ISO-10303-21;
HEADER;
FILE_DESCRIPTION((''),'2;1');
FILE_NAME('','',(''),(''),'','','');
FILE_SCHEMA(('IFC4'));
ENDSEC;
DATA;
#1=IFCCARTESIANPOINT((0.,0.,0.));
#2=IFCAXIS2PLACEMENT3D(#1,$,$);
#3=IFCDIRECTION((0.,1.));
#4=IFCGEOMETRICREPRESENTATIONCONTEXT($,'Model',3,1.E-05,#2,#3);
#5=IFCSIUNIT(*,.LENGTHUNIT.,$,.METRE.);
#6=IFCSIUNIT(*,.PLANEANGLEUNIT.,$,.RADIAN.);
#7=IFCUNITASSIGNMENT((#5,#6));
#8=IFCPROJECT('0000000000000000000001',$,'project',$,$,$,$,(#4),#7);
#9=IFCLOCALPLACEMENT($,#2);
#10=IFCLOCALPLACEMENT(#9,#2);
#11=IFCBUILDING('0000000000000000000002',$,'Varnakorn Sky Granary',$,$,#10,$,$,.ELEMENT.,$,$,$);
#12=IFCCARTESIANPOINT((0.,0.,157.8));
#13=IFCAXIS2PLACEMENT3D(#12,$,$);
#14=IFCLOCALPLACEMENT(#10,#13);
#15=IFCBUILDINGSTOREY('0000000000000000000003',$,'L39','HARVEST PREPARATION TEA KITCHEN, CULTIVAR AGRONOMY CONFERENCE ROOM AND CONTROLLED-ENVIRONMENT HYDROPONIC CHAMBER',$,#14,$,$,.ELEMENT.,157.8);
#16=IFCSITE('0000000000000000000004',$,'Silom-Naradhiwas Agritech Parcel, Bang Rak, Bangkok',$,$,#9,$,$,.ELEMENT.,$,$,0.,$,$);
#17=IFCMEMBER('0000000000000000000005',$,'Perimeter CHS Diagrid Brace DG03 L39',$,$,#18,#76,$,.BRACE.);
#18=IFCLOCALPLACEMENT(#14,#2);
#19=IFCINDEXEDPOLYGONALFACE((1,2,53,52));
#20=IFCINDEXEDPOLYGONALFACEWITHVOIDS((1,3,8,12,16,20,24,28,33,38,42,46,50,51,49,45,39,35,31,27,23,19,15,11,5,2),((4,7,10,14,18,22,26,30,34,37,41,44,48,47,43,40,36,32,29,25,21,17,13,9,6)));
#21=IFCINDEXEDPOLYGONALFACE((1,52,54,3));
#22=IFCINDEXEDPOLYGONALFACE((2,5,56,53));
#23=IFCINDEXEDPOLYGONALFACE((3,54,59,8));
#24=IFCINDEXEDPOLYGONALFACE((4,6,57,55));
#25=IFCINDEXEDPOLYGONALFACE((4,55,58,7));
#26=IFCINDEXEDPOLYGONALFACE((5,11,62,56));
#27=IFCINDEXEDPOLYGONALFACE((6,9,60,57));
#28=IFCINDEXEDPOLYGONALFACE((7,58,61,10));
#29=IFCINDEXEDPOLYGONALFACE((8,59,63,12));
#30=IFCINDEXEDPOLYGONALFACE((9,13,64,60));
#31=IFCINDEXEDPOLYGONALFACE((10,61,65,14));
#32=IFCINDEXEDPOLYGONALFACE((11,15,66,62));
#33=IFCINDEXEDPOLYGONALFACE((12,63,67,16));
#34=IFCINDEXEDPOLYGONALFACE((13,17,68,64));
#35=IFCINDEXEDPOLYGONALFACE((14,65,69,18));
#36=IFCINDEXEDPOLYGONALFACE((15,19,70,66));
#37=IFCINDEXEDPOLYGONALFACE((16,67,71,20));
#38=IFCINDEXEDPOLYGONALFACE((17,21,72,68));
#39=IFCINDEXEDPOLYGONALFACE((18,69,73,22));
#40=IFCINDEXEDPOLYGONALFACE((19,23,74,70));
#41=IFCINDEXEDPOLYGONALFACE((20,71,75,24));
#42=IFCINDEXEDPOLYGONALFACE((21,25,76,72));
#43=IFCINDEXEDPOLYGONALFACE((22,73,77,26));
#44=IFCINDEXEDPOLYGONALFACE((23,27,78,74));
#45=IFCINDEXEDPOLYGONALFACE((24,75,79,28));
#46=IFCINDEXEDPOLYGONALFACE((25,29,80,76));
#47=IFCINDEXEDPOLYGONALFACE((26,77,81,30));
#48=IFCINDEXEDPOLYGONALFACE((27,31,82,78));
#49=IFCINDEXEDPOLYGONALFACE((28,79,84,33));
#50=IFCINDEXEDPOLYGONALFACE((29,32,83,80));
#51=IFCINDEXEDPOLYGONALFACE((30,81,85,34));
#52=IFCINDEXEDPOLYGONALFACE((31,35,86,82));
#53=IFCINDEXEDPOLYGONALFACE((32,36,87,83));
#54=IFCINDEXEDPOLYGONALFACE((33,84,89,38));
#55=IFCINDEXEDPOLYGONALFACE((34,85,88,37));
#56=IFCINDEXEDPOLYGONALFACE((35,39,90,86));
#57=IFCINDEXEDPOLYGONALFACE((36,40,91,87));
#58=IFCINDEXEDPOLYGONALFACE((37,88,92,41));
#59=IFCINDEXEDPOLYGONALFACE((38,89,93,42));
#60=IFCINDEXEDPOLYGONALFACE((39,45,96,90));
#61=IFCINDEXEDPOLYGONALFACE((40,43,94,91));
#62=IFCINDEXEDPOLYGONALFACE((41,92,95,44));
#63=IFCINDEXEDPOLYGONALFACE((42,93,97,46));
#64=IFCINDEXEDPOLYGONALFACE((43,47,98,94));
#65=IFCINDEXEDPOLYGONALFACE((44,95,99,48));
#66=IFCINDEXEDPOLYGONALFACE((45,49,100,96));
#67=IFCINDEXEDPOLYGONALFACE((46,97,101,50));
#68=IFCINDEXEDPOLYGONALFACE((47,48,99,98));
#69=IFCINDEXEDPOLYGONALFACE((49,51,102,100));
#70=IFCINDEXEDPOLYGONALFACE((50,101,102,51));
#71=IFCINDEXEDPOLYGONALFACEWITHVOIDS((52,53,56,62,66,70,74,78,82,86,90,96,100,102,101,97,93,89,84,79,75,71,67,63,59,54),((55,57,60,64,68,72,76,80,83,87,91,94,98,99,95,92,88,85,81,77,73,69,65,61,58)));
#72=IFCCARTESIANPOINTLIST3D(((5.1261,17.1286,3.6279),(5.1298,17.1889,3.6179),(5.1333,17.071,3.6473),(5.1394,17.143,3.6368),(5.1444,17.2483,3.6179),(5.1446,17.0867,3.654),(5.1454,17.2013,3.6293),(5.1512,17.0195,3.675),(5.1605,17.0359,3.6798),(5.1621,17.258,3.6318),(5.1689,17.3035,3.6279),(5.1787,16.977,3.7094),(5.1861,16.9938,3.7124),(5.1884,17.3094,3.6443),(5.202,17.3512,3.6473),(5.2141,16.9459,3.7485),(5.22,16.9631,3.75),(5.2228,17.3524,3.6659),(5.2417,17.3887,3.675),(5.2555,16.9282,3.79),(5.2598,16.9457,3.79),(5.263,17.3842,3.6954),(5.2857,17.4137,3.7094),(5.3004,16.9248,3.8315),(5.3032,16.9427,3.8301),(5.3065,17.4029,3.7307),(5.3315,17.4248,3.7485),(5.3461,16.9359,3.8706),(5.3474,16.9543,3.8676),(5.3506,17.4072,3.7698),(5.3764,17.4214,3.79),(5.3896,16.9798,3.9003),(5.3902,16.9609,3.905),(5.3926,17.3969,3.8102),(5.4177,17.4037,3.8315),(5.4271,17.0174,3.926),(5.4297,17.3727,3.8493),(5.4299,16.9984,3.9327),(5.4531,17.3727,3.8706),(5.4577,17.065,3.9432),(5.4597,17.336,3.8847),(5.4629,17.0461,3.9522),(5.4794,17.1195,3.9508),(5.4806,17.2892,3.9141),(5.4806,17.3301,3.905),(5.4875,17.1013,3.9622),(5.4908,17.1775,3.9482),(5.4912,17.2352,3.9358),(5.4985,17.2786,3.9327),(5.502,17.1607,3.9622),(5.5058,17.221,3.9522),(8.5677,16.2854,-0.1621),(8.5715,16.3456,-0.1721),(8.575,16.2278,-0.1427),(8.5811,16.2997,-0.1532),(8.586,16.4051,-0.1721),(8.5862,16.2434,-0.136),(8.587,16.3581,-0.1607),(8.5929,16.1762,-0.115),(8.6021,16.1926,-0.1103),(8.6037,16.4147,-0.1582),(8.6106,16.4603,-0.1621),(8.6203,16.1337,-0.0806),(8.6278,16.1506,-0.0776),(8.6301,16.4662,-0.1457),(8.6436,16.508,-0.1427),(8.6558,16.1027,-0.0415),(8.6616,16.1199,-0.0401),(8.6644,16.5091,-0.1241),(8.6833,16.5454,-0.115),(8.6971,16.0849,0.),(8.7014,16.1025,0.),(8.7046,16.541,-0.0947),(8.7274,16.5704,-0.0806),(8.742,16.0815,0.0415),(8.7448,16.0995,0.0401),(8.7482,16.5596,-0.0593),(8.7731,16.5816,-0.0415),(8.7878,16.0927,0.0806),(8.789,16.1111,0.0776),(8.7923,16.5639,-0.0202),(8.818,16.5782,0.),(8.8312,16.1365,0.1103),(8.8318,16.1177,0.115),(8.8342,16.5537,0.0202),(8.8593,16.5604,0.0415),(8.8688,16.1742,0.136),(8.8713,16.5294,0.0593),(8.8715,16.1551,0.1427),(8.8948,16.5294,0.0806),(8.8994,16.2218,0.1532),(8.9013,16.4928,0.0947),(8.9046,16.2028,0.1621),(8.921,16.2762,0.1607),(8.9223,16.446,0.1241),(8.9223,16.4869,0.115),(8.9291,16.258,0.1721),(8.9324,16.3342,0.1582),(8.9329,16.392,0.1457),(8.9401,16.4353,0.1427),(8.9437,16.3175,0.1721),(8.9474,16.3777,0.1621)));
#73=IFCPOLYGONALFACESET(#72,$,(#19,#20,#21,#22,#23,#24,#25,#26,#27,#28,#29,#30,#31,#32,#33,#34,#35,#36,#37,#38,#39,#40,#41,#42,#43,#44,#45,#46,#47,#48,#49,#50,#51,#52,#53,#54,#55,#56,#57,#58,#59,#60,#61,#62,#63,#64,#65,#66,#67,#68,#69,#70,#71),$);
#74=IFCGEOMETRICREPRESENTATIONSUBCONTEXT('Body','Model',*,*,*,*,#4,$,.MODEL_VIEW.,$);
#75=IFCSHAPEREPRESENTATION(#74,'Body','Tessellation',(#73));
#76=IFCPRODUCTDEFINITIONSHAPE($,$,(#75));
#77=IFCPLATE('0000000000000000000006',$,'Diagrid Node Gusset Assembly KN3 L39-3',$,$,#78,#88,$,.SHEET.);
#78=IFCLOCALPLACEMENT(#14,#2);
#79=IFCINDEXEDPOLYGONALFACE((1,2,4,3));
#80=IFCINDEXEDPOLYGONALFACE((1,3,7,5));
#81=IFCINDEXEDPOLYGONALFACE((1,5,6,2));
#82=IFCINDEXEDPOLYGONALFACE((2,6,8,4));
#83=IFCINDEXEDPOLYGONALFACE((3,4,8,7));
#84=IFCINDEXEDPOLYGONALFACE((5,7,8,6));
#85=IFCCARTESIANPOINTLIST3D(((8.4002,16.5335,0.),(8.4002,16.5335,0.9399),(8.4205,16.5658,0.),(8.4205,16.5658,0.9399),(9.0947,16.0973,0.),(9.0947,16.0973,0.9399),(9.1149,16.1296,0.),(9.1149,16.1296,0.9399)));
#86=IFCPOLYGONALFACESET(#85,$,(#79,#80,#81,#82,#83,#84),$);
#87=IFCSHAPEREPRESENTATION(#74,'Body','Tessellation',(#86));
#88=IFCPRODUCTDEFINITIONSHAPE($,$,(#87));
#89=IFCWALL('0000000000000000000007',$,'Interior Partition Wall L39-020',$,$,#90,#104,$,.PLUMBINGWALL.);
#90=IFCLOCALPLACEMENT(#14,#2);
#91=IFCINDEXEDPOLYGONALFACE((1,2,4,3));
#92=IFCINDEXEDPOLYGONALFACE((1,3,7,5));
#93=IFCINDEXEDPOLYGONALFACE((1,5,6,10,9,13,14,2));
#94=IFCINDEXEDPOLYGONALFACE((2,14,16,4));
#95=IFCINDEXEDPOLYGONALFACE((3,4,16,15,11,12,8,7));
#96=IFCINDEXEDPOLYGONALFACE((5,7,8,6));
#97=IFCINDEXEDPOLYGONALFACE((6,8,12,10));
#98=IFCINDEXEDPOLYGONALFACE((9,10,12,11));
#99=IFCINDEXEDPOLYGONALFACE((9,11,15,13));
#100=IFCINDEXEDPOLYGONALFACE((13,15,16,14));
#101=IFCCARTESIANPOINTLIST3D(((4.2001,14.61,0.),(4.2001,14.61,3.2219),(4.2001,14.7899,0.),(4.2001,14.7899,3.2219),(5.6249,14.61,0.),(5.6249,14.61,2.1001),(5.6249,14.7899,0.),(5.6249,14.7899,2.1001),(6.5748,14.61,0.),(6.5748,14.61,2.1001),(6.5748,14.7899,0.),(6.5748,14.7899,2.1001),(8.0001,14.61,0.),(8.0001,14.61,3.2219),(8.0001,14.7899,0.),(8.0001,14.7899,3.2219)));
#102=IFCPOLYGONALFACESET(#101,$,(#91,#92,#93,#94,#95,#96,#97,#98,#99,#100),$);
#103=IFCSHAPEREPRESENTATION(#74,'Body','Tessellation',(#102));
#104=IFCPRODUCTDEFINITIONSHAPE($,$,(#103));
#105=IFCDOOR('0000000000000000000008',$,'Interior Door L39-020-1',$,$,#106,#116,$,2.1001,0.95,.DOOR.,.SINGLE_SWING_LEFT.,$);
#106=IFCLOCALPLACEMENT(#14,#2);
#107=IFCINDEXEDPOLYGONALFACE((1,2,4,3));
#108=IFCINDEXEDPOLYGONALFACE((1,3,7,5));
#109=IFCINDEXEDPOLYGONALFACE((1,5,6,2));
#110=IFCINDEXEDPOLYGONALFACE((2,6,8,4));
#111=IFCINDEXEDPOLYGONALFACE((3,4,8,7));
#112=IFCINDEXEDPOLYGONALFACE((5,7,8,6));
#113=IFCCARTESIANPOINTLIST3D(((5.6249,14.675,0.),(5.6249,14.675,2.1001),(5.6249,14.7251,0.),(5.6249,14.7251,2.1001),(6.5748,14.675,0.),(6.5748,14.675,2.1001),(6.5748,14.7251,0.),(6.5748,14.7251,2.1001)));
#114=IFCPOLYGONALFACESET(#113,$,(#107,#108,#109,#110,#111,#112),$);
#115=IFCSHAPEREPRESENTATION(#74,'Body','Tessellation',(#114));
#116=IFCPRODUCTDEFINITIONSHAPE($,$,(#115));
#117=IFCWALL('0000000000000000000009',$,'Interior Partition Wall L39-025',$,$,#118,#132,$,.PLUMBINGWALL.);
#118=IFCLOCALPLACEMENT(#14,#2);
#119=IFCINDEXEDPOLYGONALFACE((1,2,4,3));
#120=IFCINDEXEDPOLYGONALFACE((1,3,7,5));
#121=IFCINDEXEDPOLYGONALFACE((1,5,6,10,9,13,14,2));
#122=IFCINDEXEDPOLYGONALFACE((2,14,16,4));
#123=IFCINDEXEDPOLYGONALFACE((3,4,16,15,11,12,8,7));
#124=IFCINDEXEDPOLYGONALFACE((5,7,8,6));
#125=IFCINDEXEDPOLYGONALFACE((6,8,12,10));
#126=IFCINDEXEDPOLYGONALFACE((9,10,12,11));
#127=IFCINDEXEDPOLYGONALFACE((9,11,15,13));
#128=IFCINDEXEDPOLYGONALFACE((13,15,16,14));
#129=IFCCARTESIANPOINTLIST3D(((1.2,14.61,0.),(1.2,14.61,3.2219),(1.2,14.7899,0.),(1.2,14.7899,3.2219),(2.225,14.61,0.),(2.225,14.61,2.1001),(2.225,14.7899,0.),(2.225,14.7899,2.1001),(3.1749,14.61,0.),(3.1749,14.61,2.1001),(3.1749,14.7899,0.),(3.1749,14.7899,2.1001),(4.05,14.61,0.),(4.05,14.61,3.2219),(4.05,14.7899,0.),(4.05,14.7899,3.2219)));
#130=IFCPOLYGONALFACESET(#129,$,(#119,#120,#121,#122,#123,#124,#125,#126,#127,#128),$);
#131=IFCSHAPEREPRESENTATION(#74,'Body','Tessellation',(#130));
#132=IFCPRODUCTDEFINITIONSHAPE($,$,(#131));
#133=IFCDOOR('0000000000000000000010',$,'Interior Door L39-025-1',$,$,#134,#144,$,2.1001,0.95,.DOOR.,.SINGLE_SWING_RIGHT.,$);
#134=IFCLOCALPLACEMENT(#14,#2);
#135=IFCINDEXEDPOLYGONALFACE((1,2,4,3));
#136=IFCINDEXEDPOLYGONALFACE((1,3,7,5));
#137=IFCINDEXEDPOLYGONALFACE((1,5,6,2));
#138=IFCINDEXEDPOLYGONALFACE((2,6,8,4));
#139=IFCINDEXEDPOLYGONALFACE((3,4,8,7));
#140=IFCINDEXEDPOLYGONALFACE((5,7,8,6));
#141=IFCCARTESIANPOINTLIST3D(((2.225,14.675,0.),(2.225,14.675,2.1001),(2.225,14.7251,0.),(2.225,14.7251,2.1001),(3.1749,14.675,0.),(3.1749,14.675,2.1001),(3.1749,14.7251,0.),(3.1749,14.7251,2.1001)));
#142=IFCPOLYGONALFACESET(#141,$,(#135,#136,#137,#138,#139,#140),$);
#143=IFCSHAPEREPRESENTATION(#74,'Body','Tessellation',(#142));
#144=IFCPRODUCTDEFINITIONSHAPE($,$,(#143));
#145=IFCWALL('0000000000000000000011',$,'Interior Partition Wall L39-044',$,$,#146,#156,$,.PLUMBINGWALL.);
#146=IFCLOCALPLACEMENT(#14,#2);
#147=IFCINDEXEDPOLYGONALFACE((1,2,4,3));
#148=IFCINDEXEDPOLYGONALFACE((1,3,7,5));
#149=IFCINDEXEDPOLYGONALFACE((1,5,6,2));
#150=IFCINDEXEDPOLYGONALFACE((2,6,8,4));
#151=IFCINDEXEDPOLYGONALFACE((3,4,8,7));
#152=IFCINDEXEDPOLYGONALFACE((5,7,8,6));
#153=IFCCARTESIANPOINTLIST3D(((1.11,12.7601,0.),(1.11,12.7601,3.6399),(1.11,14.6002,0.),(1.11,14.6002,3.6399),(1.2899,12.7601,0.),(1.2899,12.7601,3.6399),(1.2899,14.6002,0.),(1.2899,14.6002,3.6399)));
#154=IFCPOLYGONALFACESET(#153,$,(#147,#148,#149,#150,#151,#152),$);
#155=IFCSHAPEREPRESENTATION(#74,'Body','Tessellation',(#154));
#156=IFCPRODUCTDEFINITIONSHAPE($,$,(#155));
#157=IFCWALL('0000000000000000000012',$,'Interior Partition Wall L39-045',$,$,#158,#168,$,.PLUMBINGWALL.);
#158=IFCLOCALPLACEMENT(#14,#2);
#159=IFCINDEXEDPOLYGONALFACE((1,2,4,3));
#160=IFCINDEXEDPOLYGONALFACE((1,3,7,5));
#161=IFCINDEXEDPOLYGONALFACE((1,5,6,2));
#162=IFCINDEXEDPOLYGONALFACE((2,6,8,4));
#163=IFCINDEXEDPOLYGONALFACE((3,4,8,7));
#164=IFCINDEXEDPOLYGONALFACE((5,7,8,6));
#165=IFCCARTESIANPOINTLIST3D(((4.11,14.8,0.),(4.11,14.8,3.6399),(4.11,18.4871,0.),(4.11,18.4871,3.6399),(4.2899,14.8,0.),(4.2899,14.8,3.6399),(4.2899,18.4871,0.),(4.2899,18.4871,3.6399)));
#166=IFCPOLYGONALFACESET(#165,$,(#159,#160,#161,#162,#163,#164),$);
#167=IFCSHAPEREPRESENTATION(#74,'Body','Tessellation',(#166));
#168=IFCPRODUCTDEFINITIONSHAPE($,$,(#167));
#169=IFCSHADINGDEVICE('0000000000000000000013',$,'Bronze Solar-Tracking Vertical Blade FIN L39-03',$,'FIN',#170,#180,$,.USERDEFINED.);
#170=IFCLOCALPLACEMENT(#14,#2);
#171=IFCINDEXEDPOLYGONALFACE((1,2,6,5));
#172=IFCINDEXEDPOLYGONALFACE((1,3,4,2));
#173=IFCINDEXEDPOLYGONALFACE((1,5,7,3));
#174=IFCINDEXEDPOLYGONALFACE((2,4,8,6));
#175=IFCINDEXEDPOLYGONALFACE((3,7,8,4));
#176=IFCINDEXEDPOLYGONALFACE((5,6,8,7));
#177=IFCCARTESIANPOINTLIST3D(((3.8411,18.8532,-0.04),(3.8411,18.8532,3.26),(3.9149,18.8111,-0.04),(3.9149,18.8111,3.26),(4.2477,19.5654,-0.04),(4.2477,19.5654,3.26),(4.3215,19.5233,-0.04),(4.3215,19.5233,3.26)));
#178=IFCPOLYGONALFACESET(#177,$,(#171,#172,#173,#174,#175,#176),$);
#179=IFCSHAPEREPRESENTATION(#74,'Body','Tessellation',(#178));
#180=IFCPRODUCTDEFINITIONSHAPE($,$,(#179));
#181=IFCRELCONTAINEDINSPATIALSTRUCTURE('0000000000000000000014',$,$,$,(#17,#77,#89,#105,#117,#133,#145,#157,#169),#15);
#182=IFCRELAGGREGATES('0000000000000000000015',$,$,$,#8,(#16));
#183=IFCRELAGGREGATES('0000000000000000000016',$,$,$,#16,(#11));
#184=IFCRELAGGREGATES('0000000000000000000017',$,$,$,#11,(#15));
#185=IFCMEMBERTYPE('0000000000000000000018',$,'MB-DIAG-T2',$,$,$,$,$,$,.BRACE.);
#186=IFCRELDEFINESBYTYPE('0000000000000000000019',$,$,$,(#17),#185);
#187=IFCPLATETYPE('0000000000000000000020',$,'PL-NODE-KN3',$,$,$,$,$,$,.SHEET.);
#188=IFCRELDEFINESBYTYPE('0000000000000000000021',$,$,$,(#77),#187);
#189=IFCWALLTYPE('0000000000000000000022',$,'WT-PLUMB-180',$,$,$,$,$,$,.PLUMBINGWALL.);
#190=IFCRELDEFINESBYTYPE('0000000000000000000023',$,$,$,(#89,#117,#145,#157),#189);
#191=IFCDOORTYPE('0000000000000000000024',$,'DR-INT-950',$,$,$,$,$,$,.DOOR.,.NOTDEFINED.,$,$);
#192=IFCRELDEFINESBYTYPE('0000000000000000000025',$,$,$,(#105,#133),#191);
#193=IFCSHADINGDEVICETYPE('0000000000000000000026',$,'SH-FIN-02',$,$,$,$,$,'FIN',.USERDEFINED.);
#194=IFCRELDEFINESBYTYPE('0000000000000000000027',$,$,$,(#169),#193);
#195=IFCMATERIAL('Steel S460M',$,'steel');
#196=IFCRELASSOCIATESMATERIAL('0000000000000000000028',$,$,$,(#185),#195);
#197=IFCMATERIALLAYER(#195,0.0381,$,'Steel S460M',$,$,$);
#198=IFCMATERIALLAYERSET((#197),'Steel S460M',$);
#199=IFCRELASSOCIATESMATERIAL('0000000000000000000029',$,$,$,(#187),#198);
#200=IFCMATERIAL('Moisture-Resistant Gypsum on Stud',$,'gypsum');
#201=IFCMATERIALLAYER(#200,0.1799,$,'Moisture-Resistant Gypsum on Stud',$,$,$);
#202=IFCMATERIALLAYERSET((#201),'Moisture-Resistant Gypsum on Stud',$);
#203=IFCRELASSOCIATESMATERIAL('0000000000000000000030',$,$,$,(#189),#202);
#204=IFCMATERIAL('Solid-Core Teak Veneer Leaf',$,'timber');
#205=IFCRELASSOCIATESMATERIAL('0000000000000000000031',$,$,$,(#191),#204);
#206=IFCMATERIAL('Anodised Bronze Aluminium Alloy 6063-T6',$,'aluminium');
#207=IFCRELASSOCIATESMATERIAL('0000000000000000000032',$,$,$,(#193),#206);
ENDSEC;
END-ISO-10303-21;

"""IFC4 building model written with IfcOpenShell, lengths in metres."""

from ifc_helpers import new_model, si_unit, direction, frame, frame_2d, origin, origin_2d, place, context, subcontext, project, spatial, rectangle, hollow_circle, extrude, source, transform, mapped, material, layer, layer_set, material_profile, profile_set, type_object, type_shapes, element, fill, save


model = new_model("IFC4")

# Units and contexts
model_context = context("Model", 3, precision=1e-05, world=origin(), true_north=direction((0.0, 1.0)))
body_context = subcontext(model_context, "Body", "Model", "MODEL_VIEW")
ifc_project = project(units=[si_unit("LENGTHUNIT", "METRE"), si_unit("PLANEANGLEUNIT", "RADIAN")], contexts=[model_context])

# Site, building, storey
site_placement = place(None, origin())
site = spatial("IfcSite", under=ifc_project, at=site_placement, Name="Silom-Naradhiwas Agritech Parcel, Bang Rak, Bangkok", CompositionType="ELEMENT", RefElevation=0.0)
building_placement = place(site_placement, origin())
building = spatial("IfcBuilding", under=site, at=building_placement, Name="Varnakorn Sky Granary", CompositionType="ELEMENT")
storey_placement = place(building_placement, frame((0.0, 0.0, 157.8)))
storey = spatial("IfcBuildingStorey", under=building, at=storey_placement, Name="L39", Description="HARVEST PREPARATION TEA KITCHEN, CULTIVAR AGRONOMY CONFERENCE ROOM AND CONTROLLED-ENVIRONMENT HYDROPONIC CHAMBER", CompositionType="ELEMENT", Elevation=157.8)

# Shared definitions
ifc_material_1 = material(Name="Steel S460M", Category="steel")

# Shared definitions
ifc_material_2 = material(Name="Anodised Bronze Aluminium Alloy 6063-T6", Category="aluminium")

# Member
ifc_material_profile_1 = material_profile(ifc_material_1, hollow_circle(Radius=0.2539, WallThickness=0.0181, at=origin_2d()), Name="CHS 508x18")
ifc_profile_set_1 = profile_set([ifc_material_profile_1], Name="Steel S460M")
member_type_1 = type_object("IfcMemberType", Name="MB-DIAG-T2", PredefinedType="BRACE", material=ifc_profile_set_1)
member_1_placement = place(storey_placement, frame((8.7576, 16.3315, 0.0), z_axis=(-0.663324, 0.162525, 0.73047), x_axis=(-0.237978, -0.971271, 0.0)))
element("IfcMember", 1, at=member_1_placement, inside=storey, type_object=member_type_1, Name="Perimeter CHS Diagrid Brace DG03 L39", PredefinedType="BRACE", context=body_context, shape_type="SweptSolid", body=[
    extrude(hollow_circle(Radius=0.2539, WallThickness=0.0181, at=origin_2d()), origin(), (0.0, 0.0, 1.0), 5.1885),
])

# Plate
ifc_layer_1 = layer(ifc_material_1, 0.0381, Name="Steel S460M")
ifc_layer_set_1 = layer_set([ifc_layer_1], Name="Steel S460M")
plate_type = type_object("IfcPlateType", Name="PL-NODE-KN3", PredefinedType="SHEET", material=ifc_layer_set_1)
plate_placement = place(storey_placement, frame((8.7576, 16.3315, 0.0), z_axis=(0.0, 0.0, 1.0), x_axis=(-0.846824, 0.531874, 0.0)))
element("IfcPlate", 2, at=plate_placement, inside=storey, type_object=plate_type, Name="Diagrid Node Gusset Assembly KN3 L39-3", PredefinedType="SHEET", context=body_context, shape_type="SweptSolid", body=[
    extrude(rectangle(XDim=0.8201, YDim=0.0381, at=origin_2d()), origin(), (0.0, 0.0, 1.0), 0.9399),
])

# Walls, openings, doors
ifc_material_3 = material(Name="Moisture-Resistant Gypsum on Stud", Category="gypsum")
ifc_layer_2 = layer(ifc_material_3, 0.1799, Name="Moisture-Resistant Gypsum on Stud")
ifc_layer_set_2 = layer_set([ifc_layer_2], Name="Moisture-Resistant Gypsum on Stud")
wall_type = type_object("IfcWallType", Name="WT-PLUMB-180", PredefinedType="PLUMBINGWALL", material=ifc_layer_set_2)
wall_1_placement = place(storey_placement, frame((8.0, 14.7, 0.0), z_axis=(0.0, 0.0, 1.0), x_axis=(-1.0, 0.0, 0.0)))
wall_1 = element("IfcWall", 3, at=wall_1_placement, inside=storey, type_object=wall_type, Name="Interior Partition Wall L39-020", PredefinedType="PLUMBINGWALL", context=body_context, shape_type="SweptSolid", body=[
    extrude(rectangle(XDim=3.8, YDim=0.1799, at=frame_2d((1.8999, 0.0))), origin(), (0.0, 0.0, 1.0), 3.2219),
])
opening_1_placement = place(wall_1_placement, frame((1.425, 0.0, 0.0)))
opening_1 = element("IfcOpeningElement", 4, at=opening_1_placement, cuts=wall_1, PredefinedType="OPENING", context=body_context, shape_type="SweptSolid", body=[
    extrude(rectangle(XDim=0.95, YDim=2.1001, at=frame_2d((0.4751, 1.05))), frame((0.0, 0.1001, 0.0), z_axis=(0.0, -1.0, 0.0), x_axis=(1.0, 0.0, 0.0)), (0.0, 0.0, 1.0), 0.2),
])
ifc_material_4 = material(Name="Solid-Core Teak Veneer Leaf", Category="timber")
door_type = type_object("IfcDoorType", Name="DR-INT-950", OperationType="NOTDEFINED", PredefinedType="DOOR", material=ifc_material_4)
door_1_placement = place(opening_1_placement, origin())
door_1 = element("IfcDoor", 5, at=door_1_placement, inside=storey, type_object=door_type, Name="Interior Door L39-020-1", OperationType="SINGLE_SWING_LEFT", OverallHeight=2.1001, OverallWidth=0.95, PredefinedType="DOOR", context=body_context, shape_type="SweptSolid", body=[
    extrude(rectangle(XDim=0.95, YDim=2.1001, at=frame_2d((0.4751, 1.05))), frame((0.0, 0.0249, 0.0), z_axis=(0.0, -1.0, 0.0), x_axis=(1.0, 0.0, 0.0)), (0.0, 0.0, 1.0), 0.05),
])
fill(opening_1, door_1)
wall_2_placement = place(storey_placement, frame((4.05, 14.7, 0.0), z_axis=(0.0, 0.0, 1.0), x_axis=(-1.0, 0.0, 0.0)))
wall_2 = element("IfcWall", 6, at=wall_2_placement, inside=storey, type_object=wall_type, Name="Interior Partition Wall L39-025", PredefinedType="PLUMBINGWALL", context=body_context, shape_type="SweptSolid", body=[
    extrude(rectangle(XDim=2.8501, YDim=0.1799, at=frame_2d((1.425, 0.0))), origin(), (0.0, 0.0, 1.0), 3.2219),
])
opening_2_placement = place(wall_2_placement, frame((0.875, 0.0, 0.0)))
opening_2 = element("IfcOpeningElement", 7, at=opening_2_placement, cuts=wall_2, PredefinedType="OPENING", context=body_context, shape_type="SweptSolid", body=[
    extrude(rectangle(XDim=0.95, YDim=2.1001, at=frame_2d((0.4751, 1.05))), frame((0.0, 0.1001, 0.0), z_axis=(0.0, -1.0, 0.0), x_axis=(1.0, 0.0, 0.0)), (0.0, 0.0, 1.0), 0.2),
])
door_2_placement = place(opening_2_placement, origin())
door_2 = element("IfcDoor", 8, at=door_2_placement, inside=storey, type_object=door_type, Name="Interior Door L39-025-1", OperationType="SINGLE_SWING_RIGHT", OverallHeight=2.1001, OverallWidth=0.95, PredefinedType="DOOR", context=body_context, shape_type="SweptSolid", body=[
    extrude(rectangle(XDim=0.95, YDim=2.1001, at=frame_2d((0.4751, 1.05))), frame((0.0, 0.0249, 0.0), z_axis=(0.0, -1.0, 0.0), x_axis=(1.0, 0.0, 0.0)), (0.0, 0.0, 1.0), 0.05),
])
fill(opening_2, door_2)

# Walls
wall_3_placement = place(storey_placement, frame((1.2, 14.6001, 0.0), z_axis=(0.0, 0.0, 1.0), x_axis=(0.0, -1.0, 0.0)))
element("IfcWall", 9, at=wall_3_placement, inside=storey, type_object=wall_type, Name="Interior Partition Wall L39-044", PredefinedType="PLUMBINGWALL", context=body_context, shape_type="SweptSolid", body=[
    extrude(rectangle(XDim=1.8401, YDim=0.1799, at=frame_2d((0.9199, 0.0))), origin(), (0.0, 0.0, 1.0), 3.6399),
])
wall_4_placement = place(storey_placement, frame((4.2, 18.4871, 0.0), z_axis=(0.0, 0.0, 1.0), x_axis=(0.0, -1.0, 0.0)))
element("IfcWall", 10, at=wall_4_placement, inside=storey, type_object=wall_type, Name="Interior Partition Wall L39-045", PredefinedType="PLUMBINGWALL", context=body_context, shape_type="SweptSolid", body=[
    extrude(rectangle(XDim=3.687, YDim=0.1799, at=frame_2d((1.8435, 0.0))), origin(), (0.0, 0.0, 1.0), 3.6399),
])

# Shading device
shading_device_type = type_object("IfcShadingDeviceType", Name="SH-FIN-02", ElementType="FIN", PredefinedType="USERDEFINED", material=ifc_material_2)
shared_shape_1 = source(origin(), body_context, "Body", "SweptSolid", [
    extrude(rectangle(XDim=0.085, YDim=0.8201, at=origin_2d()), origin(), (0.0, 0.0, 1.0), 3.3),
])
type_shapes(shading_device_type, [shared_shape_1])
shading_device_placement = place(storey_placement, frame((4.0813, 19.1882, -0.04), z_axis=(0.0, 0.0, 1.0), x_axis=(-0.868444, 0.495788, 0.0)))
element("IfcShadingDevice", 11, at=shading_device_placement, inside=storey, type_object=shading_device_type, Name="Bronze Solar-Tracking Vertical Blade FIN L39-03", ObjectType="FIN", PredefinedType="USERDEFINED", context=body_context, shape_type="MappedRepresentation", body=[
    mapped(shared_shape_1, transform((0.0, 0.0, 0.0), x_axis=(1.0, 0.0, 0.0), y_axis=(0.0, 1.0, 0.0), z_axis=(0.0, 0.0, 1.0), scale=1.0)),
])

save(model, "model.ifc")
